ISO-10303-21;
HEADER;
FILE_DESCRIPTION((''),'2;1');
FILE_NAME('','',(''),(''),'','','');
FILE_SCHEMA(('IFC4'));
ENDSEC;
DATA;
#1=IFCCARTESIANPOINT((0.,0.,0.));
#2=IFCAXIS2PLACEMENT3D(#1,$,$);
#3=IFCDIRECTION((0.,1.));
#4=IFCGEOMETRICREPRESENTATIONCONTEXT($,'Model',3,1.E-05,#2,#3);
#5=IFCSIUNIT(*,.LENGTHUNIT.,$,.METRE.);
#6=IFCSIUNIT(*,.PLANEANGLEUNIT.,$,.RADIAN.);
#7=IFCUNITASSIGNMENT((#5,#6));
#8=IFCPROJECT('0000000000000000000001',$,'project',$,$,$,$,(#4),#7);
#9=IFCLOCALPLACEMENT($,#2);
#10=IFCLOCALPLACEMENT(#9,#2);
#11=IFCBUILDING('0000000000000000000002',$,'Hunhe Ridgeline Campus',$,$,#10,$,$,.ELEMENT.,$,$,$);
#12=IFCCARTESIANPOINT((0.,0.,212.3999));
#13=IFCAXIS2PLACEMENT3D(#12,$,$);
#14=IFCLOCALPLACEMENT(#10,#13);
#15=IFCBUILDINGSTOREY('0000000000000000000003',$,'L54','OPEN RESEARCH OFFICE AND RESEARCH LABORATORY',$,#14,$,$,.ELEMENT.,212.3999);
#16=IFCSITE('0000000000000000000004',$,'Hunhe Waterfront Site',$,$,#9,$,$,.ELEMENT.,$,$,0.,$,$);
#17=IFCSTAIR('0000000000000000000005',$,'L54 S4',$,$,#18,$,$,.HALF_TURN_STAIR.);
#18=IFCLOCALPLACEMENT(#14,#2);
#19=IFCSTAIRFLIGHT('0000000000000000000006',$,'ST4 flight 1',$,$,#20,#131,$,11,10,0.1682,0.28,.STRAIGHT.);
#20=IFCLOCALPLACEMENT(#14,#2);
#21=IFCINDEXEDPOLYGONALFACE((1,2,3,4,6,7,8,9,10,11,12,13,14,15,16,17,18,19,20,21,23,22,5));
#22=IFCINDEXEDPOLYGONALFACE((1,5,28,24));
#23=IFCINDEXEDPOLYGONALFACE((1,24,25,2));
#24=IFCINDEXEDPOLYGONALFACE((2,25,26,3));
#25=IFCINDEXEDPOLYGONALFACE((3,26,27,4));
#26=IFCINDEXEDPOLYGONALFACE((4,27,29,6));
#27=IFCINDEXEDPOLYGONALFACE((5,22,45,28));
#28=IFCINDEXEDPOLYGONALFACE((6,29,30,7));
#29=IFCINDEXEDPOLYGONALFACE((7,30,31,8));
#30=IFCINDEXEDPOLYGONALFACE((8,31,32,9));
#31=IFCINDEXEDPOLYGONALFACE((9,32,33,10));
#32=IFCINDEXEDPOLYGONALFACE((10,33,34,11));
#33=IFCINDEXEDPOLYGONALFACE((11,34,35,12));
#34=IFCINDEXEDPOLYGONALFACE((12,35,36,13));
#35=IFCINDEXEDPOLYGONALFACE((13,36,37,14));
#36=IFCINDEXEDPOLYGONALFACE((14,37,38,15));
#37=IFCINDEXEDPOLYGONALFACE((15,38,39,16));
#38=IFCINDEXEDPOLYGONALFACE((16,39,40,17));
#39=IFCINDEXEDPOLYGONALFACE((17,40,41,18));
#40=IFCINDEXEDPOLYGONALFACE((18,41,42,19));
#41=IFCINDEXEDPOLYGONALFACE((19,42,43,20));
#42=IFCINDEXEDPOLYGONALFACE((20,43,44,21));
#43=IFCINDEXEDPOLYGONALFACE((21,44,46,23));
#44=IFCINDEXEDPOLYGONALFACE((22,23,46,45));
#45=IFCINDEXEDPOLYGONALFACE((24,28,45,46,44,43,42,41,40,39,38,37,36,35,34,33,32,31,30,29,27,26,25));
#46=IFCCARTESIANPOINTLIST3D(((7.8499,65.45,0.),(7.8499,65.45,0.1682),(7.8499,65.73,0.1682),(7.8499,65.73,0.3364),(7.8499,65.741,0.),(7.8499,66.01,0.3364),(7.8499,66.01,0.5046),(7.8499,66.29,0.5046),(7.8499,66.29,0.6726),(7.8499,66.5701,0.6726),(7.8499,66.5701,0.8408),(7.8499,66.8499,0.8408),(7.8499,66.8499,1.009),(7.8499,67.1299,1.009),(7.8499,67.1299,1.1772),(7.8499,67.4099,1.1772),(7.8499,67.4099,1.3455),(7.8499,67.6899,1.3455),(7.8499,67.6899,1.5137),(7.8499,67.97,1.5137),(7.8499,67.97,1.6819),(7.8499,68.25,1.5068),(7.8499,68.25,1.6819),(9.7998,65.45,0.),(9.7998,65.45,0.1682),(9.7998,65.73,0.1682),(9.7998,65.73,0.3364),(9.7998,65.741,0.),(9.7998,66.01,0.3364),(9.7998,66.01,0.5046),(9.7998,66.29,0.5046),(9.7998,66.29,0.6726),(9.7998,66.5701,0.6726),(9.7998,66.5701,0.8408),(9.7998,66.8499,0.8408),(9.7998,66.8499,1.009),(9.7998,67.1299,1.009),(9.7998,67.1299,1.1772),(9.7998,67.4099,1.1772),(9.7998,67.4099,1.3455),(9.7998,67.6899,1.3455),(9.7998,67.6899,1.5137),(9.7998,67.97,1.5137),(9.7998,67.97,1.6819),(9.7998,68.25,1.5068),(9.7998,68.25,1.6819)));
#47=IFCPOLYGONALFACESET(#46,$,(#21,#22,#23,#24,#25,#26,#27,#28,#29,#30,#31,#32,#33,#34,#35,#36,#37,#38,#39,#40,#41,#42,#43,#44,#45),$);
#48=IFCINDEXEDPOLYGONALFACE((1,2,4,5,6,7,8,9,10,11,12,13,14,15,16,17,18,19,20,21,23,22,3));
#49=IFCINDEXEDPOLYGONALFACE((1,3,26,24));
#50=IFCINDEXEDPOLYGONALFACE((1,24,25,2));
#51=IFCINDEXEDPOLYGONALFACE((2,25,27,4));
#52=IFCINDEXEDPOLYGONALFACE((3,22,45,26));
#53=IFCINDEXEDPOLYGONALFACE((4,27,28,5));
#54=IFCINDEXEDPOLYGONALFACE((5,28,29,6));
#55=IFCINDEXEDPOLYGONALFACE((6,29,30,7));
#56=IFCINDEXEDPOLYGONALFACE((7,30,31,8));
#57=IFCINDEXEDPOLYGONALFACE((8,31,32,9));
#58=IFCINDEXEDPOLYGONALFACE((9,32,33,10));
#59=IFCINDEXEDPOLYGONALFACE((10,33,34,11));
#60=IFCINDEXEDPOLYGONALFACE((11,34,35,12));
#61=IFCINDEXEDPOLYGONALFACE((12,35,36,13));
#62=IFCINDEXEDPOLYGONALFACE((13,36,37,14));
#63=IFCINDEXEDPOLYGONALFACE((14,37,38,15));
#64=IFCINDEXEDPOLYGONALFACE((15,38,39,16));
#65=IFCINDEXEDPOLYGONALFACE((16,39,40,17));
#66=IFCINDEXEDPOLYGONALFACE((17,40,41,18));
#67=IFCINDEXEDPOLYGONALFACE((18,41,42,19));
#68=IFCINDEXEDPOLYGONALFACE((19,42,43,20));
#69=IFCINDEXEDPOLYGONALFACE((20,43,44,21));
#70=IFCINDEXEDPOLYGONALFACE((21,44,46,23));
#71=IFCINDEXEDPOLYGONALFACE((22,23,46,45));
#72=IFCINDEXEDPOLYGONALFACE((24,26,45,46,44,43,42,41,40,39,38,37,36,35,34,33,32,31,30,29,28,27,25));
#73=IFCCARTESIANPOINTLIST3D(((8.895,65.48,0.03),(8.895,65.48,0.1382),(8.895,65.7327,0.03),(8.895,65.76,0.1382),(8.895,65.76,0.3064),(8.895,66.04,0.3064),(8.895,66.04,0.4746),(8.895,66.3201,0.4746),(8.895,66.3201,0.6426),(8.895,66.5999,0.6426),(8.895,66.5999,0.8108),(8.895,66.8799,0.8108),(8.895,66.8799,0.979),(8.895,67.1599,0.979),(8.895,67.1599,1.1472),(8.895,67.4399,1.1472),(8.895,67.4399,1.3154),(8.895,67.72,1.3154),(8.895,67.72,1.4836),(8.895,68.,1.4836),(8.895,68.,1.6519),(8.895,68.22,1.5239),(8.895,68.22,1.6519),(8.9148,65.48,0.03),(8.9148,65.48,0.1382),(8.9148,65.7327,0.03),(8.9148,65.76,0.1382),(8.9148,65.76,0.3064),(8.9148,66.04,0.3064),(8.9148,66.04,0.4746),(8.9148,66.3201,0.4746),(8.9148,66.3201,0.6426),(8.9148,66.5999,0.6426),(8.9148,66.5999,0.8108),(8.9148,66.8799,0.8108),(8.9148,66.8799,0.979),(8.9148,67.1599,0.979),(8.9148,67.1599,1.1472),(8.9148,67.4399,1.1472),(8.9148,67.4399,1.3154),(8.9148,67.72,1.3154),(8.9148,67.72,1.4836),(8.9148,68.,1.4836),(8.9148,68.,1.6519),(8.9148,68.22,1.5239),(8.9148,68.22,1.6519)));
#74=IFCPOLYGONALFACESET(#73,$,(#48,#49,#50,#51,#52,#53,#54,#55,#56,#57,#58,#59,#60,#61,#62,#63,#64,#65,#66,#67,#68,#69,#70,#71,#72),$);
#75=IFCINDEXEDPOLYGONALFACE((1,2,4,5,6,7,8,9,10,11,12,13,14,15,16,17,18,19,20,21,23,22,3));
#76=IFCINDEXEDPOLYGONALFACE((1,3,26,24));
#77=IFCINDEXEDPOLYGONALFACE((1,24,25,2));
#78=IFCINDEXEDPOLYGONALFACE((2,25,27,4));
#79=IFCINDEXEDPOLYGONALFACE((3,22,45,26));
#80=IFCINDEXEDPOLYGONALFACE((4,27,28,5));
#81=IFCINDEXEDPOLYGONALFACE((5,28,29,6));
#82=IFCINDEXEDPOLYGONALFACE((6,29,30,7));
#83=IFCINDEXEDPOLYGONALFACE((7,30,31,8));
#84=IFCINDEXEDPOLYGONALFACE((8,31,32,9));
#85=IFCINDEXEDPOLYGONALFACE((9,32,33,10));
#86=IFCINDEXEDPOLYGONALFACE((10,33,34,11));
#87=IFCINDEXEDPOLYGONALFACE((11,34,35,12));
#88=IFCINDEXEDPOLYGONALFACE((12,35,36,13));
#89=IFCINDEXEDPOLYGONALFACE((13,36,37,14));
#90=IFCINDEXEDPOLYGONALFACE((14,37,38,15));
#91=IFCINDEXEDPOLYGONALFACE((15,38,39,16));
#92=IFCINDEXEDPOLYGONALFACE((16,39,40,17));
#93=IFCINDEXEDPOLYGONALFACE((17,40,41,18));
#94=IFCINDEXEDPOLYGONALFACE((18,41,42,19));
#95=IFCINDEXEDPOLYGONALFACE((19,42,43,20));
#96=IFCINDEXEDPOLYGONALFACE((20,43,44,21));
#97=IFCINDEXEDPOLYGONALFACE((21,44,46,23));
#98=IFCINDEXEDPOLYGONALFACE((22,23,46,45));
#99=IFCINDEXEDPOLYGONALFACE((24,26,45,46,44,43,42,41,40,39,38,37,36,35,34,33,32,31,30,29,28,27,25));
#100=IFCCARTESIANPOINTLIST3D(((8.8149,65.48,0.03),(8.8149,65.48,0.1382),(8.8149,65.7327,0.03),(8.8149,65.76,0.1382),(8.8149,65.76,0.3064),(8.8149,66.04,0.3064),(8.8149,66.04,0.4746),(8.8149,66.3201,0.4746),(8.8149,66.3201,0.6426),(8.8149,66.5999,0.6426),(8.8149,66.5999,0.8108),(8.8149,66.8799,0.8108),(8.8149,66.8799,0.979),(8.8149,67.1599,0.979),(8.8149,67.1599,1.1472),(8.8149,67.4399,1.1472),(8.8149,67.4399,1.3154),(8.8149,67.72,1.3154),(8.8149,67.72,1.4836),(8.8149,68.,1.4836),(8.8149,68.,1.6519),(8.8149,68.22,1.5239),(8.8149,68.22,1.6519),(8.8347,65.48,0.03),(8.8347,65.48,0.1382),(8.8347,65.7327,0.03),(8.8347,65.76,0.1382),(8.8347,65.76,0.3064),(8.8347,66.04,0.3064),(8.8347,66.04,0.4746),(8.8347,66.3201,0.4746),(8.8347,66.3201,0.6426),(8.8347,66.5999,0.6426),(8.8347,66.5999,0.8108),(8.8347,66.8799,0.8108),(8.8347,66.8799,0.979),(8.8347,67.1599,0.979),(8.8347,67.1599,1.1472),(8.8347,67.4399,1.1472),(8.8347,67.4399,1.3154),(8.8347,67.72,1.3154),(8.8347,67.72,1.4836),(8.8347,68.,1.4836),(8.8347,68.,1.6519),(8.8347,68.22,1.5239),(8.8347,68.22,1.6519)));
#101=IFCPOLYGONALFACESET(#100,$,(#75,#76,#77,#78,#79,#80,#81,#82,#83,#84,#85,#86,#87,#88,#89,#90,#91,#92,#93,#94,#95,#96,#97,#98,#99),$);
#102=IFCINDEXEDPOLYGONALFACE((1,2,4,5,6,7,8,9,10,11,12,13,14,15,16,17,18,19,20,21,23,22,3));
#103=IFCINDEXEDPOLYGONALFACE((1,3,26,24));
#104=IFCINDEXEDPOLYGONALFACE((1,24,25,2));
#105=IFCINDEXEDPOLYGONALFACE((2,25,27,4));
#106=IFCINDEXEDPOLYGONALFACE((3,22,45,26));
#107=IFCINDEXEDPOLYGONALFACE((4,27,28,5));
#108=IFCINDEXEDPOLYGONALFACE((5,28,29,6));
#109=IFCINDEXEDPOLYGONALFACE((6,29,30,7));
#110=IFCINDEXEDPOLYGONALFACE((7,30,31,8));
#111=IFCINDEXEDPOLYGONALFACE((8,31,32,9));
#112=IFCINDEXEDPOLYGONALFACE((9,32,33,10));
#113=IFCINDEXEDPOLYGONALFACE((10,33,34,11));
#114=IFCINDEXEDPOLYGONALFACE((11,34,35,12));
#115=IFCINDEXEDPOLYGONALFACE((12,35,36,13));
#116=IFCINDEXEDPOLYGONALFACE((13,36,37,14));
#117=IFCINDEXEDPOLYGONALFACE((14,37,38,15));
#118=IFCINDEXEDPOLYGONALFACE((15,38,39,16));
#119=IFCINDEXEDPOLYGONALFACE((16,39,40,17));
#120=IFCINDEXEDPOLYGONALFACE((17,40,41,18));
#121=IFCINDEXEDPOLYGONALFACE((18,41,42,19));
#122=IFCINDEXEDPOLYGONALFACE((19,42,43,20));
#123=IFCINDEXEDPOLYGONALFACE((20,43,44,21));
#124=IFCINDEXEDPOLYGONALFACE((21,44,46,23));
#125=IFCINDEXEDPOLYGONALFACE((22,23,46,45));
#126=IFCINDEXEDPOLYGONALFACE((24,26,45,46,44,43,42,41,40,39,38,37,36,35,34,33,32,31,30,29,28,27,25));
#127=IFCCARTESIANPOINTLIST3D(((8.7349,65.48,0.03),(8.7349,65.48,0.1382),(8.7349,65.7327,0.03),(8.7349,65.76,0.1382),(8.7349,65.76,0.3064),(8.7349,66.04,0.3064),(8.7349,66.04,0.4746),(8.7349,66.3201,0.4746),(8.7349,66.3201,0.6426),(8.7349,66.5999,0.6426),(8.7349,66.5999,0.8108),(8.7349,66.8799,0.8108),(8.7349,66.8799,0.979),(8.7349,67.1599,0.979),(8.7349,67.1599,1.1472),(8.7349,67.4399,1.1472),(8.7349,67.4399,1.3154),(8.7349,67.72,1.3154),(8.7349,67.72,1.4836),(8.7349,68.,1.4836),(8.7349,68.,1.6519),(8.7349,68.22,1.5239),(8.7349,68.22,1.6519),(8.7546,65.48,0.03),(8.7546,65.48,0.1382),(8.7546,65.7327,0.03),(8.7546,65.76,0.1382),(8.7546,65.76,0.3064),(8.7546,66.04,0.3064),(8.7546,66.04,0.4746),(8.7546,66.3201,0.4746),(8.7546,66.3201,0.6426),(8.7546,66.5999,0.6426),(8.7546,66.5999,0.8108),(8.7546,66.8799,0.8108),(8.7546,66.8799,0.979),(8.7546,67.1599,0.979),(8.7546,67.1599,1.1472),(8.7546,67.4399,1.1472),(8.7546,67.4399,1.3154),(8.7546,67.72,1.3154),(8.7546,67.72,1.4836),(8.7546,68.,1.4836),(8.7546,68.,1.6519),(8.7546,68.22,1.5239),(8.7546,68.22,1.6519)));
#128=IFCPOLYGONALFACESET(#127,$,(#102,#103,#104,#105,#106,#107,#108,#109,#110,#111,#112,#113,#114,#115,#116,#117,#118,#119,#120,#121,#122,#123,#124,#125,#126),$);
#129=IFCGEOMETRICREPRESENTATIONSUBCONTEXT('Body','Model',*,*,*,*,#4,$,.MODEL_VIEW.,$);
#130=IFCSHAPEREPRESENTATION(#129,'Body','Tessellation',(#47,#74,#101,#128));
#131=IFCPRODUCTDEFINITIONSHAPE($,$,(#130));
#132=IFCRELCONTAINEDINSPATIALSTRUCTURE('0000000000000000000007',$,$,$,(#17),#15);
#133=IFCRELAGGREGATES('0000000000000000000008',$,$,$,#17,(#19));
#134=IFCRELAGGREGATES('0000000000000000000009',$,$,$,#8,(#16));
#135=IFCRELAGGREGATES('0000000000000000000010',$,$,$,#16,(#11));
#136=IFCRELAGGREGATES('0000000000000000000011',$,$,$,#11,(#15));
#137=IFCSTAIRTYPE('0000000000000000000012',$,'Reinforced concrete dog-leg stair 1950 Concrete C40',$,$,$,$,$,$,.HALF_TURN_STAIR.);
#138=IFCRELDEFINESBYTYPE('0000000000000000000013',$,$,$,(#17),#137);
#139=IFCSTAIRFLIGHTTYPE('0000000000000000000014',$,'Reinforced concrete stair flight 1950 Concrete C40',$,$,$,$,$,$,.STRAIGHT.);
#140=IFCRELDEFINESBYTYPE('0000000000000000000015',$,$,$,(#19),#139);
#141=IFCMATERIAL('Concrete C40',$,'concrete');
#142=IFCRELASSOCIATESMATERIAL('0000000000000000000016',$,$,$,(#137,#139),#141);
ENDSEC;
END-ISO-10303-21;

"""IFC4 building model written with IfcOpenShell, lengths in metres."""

from ifc_helpers import new_model, si_unit, direction, frame, origin, place, context, subcontext, project, spatial, polyline, outline, extrude, material, type_object, element, aggregate, save


model = new_model("IFC4")

# Units and contexts
model_context = context("Model", 3, precision=1e-05, world=origin(), true_north=direction((0.0, 1.0)))
body_context = subcontext(model_context, "Body", "Model", "MODEL_VIEW")
ifc_project = project(units=[si_unit("LENGTHUNIT", "METRE"), si_unit("PLANEANGLEUNIT", "RADIAN")], contexts=[model_context])

# Site, building, storey
site_placement = place(None, origin())
site = spatial("IfcSite", under=ifc_project, at=site_placement, Name="Hunhe Waterfront Site", CompositionType="ELEMENT", RefElevation=0.0)
building_placement = place(site_placement, origin())
building = spatial("IfcBuilding", under=site, at=building_placement, Name="Hunhe Ridgeline Campus", CompositionType="ELEMENT")
storey_placement = place(building_placement, frame((0.0, 0.0, 212.3999)))
storey = spatial("IfcBuildingStorey", under=building, at=storey_placement, Name="L54", Description="OPEN RESEARCH OFFICE AND RESEARCH LABORATORY", CompositionType="ELEMENT", Elevation=212.3999)

# Shared definitions
ifc_material_1 = material(Name="Concrete C40", Category="concrete")
stair_type = type_object("IfcStairType", Name="Reinforced concrete dog-leg stair 1950 Concrete C40", PredefinedType="HALF_TURN_STAIR", material=ifc_material_1)
stair_flight_type = type_object("IfcStairFlightType", Name="Reinforced concrete stair flight 1950 Concrete C40", PredefinedType="STRAIGHT", material=ifc_material_1)

# Stair, stair flight
stair_1_placement = place(storey_placement, origin())
stair_1 = element("IfcStair", 1, at=stair_1_placement, inside=storey, type_object=stair_type, Name="L54 S4", PredefinedType="HALF_TURN_STAIR")
stair_flight_1_placement = place(storey_placement, frame((8.825, 65.45, 0.0), z_axis=(0.0, 0.0, 1.0), x_axis=(0.0, 1.0, 0.0)))
stair_flight_1 = element("IfcStairFlight", 2, at=stair_flight_1_placement, type_object=stair_flight_type, Name="ST4 flight 1", NumberOfRisers=11, NumberOfTreads=10, PredefinedType="STRAIGHT", RiserHeight=0.1682, TreadLength=0.28, context=body_context, shape_type="SweptSolid", body=[
    extrude(outline(polyline([(0.0, 0.0), (0.0, 0.1682), (0.28, 0.1682), (0.28, 0.3364), (0.5601, 0.3364), (0.5601, 0.5046), (0.8401, 0.5046), (0.8401, 0.6726), (1.1201, 0.6726), (1.1201, 0.8408), (1.3999, 0.8408), (1.3999, 1.009), (1.6799, 1.009), (1.6799, 1.1772), (1.96, 1.1772), (1.96, 1.3455), (2.24, 1.3455), (2.24, 1.5137), (2.52, 1.5137), (2.52, 1.6819), (2.8, 1.6819), (2.8, 1.8501), (2.8, 1.5068), (0.291, 0.0), (0.0, 0.0)])), frame((0.0, 0.9751, 0.0), z_axis=(0.0, -1.0, 0.0), x_axis=(1.0, 0.0, 0.0)), (0.0, 0.0, 1.0), 1.95),
    extrude(outline(polyline([(0.03, 0.03), (0.03, 0.1382), (0.3101, 0.1382), (0.3101, 0.3064), (0.5901, 0.3064), (0.5901, 0.4746), (0.8701, 0.4746), (0.8701, 0.6426), (1.1499, 0.6426), (1.1499, 0.8108), (1.4299, 0.8108), (1.4299, 0.979), (1.71, 0.979), (1.71, 1.1472), (1.99, 1.1472), (1.99, 1.3154), (2.27, 1.3154), (2.27, 1.4836), (2.55, 1.4836), (2.55, 1.6519), (2.77, 1.6519), (2.77, 1.5239), (0.2827, 0.03), (0.03, 0.03)])), frame((0.0, -0.0701, 0.0), z_axis=(0.0, -1.0, 0.0), x_axis=(1.0, 0.0, 0.0)), (0.0, 0.0, 1.0), 0.0198),
    extrude(outline(polyline([(0.03, 0.03), (0.03, 0.1382), (0.3101, 0.1382), (0.3101, 0.3064), (0.5901, 0.3064), (0.5901, 0.4746), (0.8701, 0.4746), (0.8701, 0.6426), (1.1499, 0.6426), (1.1499, 0.8108), (1.4299, 0.8108), (1.4299, 0.979), (1.71, 0.979), (1.71, 1.1472), (1.99, 1.1472), (1.99, 1.3154), (2.27, 1.3154), (2.27, 1.4836), (2.55, 1.4836), (2.55, 1.6519), (2.77, 1.6519), (2.77, 1.5239), (0.2827, 0.03), (0.03, 0.03)])), frame((0.0, 0.01, 0.0), z_axis=(0.0, -1.0, 0.0), x_axis=(1.0, 0.0, 0.0)), (0.0, 0.0, 1.0), 0.0198),
    extrude(outline(polyline([(0.03, 0.03), (0.03, 0.1382), (0.3101, 0.1382), (0.3101, 0.3064), (0.5901, 0.3064), (0.5901, 0.4746), (0.8701, 0.4746), (0.8701, 0.6426), (1.1499, 0.6426), (1.1499, 0.8108), (1.4299, 0.8108), (1.4299, 0.979), (1.71, 0.979), (1.71, 1.1472), (1.99, 1.1472), (1.99, 1.3154), (2.27, 1.3154), (2.27, 1.4836), (2.55, 1.4836), (2.55, 1.6519), (2.77, 1.6519), (2.77, 1.5239), (0.2827, 0.03), (0.03, 0.03)])), frame((0.0, 0.0901, 0.0), z_axis=(0.0, -1.0, 0.0), x_axis=(1.0, 0.0, 0.0)), (0.0, 0.0, 1.0), 0.0198),
])
aggregate(stair_1, [stair_flight_1])

save(model, "model.ifc")
